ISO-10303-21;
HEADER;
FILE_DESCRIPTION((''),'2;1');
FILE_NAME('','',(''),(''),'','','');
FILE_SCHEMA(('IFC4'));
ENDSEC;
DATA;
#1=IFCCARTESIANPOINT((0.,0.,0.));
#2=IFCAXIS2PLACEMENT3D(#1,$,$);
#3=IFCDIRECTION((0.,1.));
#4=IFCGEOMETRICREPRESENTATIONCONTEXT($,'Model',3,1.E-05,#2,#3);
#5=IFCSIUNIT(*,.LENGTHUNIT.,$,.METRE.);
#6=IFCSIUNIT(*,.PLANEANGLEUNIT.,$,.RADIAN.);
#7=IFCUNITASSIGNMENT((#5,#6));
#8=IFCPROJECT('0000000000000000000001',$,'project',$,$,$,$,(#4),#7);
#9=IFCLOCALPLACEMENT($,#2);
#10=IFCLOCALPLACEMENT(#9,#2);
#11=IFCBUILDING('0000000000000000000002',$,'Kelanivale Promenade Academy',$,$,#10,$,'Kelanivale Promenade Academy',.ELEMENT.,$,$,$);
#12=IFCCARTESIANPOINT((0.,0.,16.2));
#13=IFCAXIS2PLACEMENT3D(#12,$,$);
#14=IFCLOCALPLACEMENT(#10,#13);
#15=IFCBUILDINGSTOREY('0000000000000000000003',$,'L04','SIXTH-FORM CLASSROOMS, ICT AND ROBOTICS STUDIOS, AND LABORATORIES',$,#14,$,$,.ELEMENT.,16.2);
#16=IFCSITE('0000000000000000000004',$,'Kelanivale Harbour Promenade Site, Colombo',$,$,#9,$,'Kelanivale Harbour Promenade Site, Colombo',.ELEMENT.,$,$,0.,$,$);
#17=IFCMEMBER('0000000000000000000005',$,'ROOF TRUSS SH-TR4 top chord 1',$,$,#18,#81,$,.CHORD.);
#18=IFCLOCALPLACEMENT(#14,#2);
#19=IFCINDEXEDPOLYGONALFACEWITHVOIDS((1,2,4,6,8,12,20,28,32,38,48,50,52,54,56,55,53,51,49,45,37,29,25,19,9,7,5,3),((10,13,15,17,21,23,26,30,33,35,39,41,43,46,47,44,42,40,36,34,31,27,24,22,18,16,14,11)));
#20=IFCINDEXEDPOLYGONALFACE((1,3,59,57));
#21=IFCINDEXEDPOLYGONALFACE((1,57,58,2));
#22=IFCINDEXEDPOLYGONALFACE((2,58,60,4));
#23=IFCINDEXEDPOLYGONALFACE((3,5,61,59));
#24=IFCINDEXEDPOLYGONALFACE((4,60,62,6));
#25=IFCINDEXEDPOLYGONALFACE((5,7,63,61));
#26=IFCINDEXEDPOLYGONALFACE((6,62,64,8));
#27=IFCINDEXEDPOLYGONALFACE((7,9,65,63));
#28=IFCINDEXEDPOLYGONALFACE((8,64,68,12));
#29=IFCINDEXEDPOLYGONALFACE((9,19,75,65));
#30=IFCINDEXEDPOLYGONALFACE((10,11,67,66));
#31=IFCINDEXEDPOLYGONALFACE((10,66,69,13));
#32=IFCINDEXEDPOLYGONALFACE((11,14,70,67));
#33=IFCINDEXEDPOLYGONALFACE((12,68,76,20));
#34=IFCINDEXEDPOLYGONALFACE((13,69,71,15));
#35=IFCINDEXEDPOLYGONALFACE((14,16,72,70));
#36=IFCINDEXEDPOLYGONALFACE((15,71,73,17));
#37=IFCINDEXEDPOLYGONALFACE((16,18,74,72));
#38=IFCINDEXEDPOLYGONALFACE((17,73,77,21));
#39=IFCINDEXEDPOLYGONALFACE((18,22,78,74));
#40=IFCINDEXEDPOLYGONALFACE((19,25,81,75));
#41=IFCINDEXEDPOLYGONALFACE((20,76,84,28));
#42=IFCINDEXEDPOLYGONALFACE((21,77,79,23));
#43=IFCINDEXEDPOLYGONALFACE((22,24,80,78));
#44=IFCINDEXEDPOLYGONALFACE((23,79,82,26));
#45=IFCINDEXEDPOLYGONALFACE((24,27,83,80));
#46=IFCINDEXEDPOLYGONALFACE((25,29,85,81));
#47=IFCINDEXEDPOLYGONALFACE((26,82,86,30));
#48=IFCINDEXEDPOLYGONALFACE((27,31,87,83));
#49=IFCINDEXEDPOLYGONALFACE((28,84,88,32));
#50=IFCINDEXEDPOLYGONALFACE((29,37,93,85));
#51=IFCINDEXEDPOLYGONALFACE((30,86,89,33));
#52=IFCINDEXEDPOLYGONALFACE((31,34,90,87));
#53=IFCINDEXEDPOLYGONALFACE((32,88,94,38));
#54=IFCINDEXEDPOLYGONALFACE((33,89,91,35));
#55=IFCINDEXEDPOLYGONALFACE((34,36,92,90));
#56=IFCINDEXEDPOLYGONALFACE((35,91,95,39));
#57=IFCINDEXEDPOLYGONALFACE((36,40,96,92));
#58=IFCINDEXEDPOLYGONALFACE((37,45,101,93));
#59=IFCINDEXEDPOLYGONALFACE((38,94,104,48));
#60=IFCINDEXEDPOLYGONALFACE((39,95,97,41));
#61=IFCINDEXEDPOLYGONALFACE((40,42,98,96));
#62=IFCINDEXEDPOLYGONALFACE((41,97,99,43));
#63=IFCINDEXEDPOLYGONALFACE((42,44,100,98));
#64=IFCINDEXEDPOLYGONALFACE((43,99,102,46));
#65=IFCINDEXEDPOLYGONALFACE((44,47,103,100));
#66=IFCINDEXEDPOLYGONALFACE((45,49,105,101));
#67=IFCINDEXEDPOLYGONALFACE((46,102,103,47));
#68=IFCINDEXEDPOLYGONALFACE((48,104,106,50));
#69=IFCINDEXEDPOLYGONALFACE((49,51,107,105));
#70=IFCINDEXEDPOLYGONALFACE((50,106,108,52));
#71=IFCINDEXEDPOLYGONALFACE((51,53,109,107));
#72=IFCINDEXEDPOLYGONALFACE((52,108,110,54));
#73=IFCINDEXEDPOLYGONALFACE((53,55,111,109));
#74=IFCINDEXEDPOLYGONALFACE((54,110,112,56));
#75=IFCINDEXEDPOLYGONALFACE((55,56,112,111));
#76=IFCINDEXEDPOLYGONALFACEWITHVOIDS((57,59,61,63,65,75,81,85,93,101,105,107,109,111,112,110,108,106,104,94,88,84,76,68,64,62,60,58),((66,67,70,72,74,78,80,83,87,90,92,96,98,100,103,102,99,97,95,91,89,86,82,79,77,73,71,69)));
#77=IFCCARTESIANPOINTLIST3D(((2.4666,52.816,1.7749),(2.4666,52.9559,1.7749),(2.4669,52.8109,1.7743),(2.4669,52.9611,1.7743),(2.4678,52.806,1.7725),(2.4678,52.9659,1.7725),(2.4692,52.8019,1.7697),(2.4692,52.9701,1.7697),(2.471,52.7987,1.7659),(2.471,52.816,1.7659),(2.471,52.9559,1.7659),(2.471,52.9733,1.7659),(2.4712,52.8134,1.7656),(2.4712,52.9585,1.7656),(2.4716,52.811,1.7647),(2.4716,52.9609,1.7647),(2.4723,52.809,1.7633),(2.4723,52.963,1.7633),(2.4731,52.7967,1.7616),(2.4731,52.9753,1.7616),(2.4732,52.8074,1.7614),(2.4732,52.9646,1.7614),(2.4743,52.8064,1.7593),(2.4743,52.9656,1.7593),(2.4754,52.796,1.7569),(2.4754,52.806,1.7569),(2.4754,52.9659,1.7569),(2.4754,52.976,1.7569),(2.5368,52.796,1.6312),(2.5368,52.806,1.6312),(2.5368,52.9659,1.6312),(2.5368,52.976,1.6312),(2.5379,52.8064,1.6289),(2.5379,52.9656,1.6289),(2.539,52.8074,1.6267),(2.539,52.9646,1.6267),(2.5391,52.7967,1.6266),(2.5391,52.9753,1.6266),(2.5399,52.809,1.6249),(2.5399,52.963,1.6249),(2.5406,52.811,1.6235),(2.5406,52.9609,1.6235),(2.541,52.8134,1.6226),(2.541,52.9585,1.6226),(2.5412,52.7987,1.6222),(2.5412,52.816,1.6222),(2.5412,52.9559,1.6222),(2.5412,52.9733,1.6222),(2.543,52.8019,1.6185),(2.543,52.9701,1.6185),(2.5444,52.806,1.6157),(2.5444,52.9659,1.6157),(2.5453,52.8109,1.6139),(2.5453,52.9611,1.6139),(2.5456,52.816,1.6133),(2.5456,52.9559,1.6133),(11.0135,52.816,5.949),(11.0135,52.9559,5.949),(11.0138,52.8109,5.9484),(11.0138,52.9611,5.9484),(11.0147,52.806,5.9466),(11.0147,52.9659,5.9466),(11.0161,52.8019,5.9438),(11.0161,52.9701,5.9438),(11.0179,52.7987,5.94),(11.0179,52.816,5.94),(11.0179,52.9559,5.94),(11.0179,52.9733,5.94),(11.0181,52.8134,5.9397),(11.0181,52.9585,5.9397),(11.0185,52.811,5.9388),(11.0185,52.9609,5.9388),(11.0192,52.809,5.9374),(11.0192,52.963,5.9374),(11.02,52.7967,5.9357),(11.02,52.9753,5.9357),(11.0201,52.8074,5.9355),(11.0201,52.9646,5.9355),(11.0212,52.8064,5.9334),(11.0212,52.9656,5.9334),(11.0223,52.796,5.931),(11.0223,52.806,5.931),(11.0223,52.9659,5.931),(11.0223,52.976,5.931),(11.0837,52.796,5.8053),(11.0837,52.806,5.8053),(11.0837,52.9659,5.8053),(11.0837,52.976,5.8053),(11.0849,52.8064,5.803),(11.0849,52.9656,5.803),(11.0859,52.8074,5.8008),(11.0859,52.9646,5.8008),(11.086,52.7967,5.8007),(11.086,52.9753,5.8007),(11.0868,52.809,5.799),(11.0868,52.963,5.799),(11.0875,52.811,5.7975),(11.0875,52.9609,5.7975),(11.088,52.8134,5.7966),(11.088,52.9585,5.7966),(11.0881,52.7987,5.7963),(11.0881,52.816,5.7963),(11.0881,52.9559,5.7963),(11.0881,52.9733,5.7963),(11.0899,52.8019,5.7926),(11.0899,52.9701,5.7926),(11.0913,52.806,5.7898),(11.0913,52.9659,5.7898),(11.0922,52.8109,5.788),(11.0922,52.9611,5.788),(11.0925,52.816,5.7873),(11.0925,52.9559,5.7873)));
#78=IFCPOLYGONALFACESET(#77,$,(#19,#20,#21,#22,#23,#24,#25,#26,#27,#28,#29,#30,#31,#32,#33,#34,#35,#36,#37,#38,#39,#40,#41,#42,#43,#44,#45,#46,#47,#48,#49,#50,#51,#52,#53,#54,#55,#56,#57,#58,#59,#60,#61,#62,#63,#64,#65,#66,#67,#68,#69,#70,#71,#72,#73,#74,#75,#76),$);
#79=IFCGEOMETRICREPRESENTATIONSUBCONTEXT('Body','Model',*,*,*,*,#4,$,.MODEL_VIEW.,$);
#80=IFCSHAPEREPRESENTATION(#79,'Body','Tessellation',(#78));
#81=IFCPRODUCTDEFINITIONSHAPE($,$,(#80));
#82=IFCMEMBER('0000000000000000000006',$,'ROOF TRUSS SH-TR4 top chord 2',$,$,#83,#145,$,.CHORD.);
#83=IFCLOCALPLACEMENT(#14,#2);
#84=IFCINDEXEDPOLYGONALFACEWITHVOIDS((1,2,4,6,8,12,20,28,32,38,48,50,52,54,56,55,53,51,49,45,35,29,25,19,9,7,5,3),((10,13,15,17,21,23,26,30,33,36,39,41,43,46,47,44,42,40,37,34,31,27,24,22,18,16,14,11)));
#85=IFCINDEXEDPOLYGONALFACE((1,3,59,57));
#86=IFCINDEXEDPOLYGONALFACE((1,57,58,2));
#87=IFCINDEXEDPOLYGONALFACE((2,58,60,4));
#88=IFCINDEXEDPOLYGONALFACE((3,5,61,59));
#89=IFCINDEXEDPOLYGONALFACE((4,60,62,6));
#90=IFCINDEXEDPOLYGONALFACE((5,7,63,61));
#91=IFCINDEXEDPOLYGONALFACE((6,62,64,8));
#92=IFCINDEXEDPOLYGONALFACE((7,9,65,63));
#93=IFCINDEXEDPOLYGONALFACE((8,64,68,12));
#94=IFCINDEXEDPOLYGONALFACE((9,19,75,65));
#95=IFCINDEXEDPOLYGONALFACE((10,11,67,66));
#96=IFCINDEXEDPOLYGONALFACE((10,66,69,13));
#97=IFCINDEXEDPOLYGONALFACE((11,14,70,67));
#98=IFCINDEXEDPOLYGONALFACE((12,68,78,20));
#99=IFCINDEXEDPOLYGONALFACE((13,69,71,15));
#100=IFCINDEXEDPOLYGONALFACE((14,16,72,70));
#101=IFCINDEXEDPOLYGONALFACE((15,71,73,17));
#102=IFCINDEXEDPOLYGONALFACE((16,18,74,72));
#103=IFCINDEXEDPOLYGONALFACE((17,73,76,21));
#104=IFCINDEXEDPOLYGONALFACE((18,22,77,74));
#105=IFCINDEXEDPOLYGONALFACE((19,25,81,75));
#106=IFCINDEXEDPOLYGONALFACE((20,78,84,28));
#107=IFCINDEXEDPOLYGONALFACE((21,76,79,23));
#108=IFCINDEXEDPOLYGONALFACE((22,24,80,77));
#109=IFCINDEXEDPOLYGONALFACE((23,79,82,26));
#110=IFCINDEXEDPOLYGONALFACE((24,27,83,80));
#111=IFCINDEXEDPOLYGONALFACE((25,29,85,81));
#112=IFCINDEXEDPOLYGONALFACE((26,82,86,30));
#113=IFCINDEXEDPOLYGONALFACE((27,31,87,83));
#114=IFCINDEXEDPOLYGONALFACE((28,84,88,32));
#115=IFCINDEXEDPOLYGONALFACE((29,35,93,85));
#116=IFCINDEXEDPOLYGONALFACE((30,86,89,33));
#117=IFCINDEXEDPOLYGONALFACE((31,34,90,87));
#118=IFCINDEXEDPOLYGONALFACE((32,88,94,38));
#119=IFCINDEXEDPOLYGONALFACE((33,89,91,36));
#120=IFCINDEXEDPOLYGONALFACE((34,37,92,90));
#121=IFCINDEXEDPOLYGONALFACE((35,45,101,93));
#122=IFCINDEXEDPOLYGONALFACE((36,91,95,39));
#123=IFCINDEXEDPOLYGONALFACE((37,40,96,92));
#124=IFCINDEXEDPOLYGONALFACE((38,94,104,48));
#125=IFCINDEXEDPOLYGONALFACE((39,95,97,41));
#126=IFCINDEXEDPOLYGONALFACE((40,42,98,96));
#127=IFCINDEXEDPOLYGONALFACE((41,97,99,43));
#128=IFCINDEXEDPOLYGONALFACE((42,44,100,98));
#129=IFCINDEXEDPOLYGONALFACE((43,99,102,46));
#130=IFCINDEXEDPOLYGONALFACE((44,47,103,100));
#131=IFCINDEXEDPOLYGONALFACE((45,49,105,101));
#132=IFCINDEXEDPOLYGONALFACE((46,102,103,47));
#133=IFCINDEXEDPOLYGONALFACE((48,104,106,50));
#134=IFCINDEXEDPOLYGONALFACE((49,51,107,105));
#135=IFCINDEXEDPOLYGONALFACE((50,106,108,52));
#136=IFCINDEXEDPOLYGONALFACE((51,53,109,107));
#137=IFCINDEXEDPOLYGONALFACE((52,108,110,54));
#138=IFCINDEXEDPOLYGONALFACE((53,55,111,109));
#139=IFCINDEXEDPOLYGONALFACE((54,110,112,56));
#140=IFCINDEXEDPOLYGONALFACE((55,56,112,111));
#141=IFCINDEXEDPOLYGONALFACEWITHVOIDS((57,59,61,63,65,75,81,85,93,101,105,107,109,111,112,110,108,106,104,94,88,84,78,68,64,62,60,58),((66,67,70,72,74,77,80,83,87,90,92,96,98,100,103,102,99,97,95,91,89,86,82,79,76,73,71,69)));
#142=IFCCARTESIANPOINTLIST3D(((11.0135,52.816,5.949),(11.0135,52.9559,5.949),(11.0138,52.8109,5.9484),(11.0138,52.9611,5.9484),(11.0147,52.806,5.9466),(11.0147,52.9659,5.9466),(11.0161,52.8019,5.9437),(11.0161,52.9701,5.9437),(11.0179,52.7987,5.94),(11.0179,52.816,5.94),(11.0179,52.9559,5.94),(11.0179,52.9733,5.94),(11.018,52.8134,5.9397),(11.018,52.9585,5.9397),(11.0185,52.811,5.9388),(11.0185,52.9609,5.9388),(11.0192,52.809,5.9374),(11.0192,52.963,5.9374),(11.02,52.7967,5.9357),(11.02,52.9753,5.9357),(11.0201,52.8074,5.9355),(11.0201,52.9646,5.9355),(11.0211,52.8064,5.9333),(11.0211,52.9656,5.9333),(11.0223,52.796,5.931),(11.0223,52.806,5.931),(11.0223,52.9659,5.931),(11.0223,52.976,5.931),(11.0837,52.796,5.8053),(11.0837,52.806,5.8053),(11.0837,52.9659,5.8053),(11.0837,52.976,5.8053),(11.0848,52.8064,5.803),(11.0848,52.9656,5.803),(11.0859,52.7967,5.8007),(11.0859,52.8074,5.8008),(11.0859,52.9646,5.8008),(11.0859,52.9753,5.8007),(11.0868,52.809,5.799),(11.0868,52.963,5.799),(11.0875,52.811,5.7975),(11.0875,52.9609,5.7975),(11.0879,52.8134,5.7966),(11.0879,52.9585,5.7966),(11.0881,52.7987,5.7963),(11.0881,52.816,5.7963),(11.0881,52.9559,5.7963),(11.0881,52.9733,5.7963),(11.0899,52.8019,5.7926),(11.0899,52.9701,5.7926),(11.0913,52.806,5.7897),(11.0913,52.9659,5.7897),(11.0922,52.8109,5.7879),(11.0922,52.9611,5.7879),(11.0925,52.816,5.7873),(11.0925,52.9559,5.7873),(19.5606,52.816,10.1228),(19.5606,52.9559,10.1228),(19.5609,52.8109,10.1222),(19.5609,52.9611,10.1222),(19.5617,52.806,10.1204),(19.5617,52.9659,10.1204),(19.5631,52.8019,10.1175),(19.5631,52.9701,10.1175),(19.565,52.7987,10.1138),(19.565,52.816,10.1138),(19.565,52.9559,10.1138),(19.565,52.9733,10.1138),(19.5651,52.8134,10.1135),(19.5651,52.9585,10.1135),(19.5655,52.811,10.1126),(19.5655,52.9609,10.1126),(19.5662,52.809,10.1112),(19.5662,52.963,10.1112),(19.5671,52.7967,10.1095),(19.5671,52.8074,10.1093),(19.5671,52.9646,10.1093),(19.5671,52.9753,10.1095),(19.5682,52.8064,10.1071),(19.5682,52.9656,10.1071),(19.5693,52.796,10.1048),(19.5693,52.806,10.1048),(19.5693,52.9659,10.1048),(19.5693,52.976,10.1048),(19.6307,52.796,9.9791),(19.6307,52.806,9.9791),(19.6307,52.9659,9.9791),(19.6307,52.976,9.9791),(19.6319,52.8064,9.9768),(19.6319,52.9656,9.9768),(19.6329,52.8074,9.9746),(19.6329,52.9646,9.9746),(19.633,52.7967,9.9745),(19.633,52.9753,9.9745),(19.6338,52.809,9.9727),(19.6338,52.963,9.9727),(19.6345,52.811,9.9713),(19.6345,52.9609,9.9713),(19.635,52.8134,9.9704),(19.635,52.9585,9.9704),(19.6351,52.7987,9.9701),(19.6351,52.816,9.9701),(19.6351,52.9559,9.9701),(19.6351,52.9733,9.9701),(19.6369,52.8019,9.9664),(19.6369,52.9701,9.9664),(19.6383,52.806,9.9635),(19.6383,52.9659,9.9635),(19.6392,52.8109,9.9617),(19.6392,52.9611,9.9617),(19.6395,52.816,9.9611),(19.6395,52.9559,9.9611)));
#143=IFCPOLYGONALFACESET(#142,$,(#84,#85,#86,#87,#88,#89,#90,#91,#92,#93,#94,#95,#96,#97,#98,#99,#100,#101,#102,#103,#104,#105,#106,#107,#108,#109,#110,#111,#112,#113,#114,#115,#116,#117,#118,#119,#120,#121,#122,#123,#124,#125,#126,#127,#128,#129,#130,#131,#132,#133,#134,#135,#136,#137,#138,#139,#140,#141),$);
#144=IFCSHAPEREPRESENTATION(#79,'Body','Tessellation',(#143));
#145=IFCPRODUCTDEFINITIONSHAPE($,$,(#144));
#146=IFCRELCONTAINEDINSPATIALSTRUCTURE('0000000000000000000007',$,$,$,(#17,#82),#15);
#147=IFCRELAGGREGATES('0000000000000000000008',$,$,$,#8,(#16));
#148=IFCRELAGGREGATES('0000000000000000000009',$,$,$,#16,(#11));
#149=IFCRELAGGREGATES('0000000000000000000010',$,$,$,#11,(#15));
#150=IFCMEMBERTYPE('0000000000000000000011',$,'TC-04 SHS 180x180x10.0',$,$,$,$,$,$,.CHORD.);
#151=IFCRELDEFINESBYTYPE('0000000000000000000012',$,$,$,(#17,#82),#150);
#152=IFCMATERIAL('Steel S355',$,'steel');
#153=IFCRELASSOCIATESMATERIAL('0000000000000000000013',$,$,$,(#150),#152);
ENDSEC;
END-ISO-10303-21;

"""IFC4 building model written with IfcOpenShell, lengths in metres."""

from ifc_helpers import new_model, si_unit, direction, frame, origin, origin_2d, place, context, subcontext, project, spatial, hollow_rectangle, extrude, material, material_profile, profile_set, type_object, element, save


model = new_model("IFC4")

# Units and contexts
model_context = context("Model", 3, precision=1e-05, world=origin(), true_north=direction((0.0, 1.0)))
body_context = subcontext(model_context, "Body", "Model", "MODEL_VIEW")
ifc_project = project(units=[si_unit("LENGTHUNIT", "METRE"), si_unit("PLANEANGLEUNIT", "RADIAN")], contexts=[model_context])

# Site, building, storey
site_placement = place(None, origin())
site = spatial("IfcSite", under=ifc_project, at=site_placement, Name="Kelanivale Harbour Promenade Site, Colombo", LongName="Kelanivale Harbour Promenade Site, Colombo", CompositionType="ELEMENT", RefElevation=0.0)
building_placement = place(site_placement, origin())
building = spatial("IfcBuilding", under=site, at=building_placement, Name="Kelanivale Promenade Academy", LongName="Kelanivale Promenade Academy", CompositionType="ELEMENT")
storey_placement = place(building_placement, frame((0.0, 0.0, 16.2)))
storey = spatial("IfcBuildingStorey", under=building, at=storey_placement, Name="L04", Description="SIXTH-FORM CLASSROOMS, ICT AND ROBOTICS STUDIOS, AND LABORATORIES", CompositionType="ELEMENT", Elevation=16.2)

# Shared definitions
ifc_material_1 = material(Name="Steel S355", Category="steel")

# Members
ifc_material_profile_1 = material_profile(ifc_material_1, hollow_rectangle(XDim=0.1799, YDim=0.1799, WallThickness=0.01, InnerFilletRadius=0.01, OuterFilletRadius=0.02, at=origin_2d()), Name="SHS 180x180x10.0")
ifc_profile_set_1 = profile_set([ifc_material_profile_1], Name="Steel S355")
member_type_1 = type_object("IfcMemberType", Name="TC-04 SHS 180x180x10.0", PredefinedType="CHORD", material=ifc_profile_set_1)
for number, where, z_axis, x_axis, name in (
    (1, (2.5061, 52.886, 1.6941), (0.898567, 0.0, 0.438837), (0.0, 1.0, 0.0), "ROOF TRUSS SH-TR4 top chord 1"),
    (2, (11.053, 52.886, 5.8682), (0.898582, 0.0, 0.438806), (0.0, 1.0, 0.0), "ROOF TRUSS SH-TR4 top chord 2"),
):
    element("IfcMember", number, at=place(storey_placement, frame(where, z_axis=z_axis, x_axis=x_axis)), inside=storey, type_object=member_type_1, Name=name, PredefinedType="CHORD", context=body_context, shape_type="SweptSolid", body=[
        extrude(hollow_rectangle(XDim=0.1799, YDim=0.1799, WallThickness=0.01, InnerFilletRadius=0.01, OuterFilletRadius=0.02, at=origin_2d()), origin(), (0.0, 0.0, 1.0), 9.5117),
    ])

save(model, "model.ifc")
